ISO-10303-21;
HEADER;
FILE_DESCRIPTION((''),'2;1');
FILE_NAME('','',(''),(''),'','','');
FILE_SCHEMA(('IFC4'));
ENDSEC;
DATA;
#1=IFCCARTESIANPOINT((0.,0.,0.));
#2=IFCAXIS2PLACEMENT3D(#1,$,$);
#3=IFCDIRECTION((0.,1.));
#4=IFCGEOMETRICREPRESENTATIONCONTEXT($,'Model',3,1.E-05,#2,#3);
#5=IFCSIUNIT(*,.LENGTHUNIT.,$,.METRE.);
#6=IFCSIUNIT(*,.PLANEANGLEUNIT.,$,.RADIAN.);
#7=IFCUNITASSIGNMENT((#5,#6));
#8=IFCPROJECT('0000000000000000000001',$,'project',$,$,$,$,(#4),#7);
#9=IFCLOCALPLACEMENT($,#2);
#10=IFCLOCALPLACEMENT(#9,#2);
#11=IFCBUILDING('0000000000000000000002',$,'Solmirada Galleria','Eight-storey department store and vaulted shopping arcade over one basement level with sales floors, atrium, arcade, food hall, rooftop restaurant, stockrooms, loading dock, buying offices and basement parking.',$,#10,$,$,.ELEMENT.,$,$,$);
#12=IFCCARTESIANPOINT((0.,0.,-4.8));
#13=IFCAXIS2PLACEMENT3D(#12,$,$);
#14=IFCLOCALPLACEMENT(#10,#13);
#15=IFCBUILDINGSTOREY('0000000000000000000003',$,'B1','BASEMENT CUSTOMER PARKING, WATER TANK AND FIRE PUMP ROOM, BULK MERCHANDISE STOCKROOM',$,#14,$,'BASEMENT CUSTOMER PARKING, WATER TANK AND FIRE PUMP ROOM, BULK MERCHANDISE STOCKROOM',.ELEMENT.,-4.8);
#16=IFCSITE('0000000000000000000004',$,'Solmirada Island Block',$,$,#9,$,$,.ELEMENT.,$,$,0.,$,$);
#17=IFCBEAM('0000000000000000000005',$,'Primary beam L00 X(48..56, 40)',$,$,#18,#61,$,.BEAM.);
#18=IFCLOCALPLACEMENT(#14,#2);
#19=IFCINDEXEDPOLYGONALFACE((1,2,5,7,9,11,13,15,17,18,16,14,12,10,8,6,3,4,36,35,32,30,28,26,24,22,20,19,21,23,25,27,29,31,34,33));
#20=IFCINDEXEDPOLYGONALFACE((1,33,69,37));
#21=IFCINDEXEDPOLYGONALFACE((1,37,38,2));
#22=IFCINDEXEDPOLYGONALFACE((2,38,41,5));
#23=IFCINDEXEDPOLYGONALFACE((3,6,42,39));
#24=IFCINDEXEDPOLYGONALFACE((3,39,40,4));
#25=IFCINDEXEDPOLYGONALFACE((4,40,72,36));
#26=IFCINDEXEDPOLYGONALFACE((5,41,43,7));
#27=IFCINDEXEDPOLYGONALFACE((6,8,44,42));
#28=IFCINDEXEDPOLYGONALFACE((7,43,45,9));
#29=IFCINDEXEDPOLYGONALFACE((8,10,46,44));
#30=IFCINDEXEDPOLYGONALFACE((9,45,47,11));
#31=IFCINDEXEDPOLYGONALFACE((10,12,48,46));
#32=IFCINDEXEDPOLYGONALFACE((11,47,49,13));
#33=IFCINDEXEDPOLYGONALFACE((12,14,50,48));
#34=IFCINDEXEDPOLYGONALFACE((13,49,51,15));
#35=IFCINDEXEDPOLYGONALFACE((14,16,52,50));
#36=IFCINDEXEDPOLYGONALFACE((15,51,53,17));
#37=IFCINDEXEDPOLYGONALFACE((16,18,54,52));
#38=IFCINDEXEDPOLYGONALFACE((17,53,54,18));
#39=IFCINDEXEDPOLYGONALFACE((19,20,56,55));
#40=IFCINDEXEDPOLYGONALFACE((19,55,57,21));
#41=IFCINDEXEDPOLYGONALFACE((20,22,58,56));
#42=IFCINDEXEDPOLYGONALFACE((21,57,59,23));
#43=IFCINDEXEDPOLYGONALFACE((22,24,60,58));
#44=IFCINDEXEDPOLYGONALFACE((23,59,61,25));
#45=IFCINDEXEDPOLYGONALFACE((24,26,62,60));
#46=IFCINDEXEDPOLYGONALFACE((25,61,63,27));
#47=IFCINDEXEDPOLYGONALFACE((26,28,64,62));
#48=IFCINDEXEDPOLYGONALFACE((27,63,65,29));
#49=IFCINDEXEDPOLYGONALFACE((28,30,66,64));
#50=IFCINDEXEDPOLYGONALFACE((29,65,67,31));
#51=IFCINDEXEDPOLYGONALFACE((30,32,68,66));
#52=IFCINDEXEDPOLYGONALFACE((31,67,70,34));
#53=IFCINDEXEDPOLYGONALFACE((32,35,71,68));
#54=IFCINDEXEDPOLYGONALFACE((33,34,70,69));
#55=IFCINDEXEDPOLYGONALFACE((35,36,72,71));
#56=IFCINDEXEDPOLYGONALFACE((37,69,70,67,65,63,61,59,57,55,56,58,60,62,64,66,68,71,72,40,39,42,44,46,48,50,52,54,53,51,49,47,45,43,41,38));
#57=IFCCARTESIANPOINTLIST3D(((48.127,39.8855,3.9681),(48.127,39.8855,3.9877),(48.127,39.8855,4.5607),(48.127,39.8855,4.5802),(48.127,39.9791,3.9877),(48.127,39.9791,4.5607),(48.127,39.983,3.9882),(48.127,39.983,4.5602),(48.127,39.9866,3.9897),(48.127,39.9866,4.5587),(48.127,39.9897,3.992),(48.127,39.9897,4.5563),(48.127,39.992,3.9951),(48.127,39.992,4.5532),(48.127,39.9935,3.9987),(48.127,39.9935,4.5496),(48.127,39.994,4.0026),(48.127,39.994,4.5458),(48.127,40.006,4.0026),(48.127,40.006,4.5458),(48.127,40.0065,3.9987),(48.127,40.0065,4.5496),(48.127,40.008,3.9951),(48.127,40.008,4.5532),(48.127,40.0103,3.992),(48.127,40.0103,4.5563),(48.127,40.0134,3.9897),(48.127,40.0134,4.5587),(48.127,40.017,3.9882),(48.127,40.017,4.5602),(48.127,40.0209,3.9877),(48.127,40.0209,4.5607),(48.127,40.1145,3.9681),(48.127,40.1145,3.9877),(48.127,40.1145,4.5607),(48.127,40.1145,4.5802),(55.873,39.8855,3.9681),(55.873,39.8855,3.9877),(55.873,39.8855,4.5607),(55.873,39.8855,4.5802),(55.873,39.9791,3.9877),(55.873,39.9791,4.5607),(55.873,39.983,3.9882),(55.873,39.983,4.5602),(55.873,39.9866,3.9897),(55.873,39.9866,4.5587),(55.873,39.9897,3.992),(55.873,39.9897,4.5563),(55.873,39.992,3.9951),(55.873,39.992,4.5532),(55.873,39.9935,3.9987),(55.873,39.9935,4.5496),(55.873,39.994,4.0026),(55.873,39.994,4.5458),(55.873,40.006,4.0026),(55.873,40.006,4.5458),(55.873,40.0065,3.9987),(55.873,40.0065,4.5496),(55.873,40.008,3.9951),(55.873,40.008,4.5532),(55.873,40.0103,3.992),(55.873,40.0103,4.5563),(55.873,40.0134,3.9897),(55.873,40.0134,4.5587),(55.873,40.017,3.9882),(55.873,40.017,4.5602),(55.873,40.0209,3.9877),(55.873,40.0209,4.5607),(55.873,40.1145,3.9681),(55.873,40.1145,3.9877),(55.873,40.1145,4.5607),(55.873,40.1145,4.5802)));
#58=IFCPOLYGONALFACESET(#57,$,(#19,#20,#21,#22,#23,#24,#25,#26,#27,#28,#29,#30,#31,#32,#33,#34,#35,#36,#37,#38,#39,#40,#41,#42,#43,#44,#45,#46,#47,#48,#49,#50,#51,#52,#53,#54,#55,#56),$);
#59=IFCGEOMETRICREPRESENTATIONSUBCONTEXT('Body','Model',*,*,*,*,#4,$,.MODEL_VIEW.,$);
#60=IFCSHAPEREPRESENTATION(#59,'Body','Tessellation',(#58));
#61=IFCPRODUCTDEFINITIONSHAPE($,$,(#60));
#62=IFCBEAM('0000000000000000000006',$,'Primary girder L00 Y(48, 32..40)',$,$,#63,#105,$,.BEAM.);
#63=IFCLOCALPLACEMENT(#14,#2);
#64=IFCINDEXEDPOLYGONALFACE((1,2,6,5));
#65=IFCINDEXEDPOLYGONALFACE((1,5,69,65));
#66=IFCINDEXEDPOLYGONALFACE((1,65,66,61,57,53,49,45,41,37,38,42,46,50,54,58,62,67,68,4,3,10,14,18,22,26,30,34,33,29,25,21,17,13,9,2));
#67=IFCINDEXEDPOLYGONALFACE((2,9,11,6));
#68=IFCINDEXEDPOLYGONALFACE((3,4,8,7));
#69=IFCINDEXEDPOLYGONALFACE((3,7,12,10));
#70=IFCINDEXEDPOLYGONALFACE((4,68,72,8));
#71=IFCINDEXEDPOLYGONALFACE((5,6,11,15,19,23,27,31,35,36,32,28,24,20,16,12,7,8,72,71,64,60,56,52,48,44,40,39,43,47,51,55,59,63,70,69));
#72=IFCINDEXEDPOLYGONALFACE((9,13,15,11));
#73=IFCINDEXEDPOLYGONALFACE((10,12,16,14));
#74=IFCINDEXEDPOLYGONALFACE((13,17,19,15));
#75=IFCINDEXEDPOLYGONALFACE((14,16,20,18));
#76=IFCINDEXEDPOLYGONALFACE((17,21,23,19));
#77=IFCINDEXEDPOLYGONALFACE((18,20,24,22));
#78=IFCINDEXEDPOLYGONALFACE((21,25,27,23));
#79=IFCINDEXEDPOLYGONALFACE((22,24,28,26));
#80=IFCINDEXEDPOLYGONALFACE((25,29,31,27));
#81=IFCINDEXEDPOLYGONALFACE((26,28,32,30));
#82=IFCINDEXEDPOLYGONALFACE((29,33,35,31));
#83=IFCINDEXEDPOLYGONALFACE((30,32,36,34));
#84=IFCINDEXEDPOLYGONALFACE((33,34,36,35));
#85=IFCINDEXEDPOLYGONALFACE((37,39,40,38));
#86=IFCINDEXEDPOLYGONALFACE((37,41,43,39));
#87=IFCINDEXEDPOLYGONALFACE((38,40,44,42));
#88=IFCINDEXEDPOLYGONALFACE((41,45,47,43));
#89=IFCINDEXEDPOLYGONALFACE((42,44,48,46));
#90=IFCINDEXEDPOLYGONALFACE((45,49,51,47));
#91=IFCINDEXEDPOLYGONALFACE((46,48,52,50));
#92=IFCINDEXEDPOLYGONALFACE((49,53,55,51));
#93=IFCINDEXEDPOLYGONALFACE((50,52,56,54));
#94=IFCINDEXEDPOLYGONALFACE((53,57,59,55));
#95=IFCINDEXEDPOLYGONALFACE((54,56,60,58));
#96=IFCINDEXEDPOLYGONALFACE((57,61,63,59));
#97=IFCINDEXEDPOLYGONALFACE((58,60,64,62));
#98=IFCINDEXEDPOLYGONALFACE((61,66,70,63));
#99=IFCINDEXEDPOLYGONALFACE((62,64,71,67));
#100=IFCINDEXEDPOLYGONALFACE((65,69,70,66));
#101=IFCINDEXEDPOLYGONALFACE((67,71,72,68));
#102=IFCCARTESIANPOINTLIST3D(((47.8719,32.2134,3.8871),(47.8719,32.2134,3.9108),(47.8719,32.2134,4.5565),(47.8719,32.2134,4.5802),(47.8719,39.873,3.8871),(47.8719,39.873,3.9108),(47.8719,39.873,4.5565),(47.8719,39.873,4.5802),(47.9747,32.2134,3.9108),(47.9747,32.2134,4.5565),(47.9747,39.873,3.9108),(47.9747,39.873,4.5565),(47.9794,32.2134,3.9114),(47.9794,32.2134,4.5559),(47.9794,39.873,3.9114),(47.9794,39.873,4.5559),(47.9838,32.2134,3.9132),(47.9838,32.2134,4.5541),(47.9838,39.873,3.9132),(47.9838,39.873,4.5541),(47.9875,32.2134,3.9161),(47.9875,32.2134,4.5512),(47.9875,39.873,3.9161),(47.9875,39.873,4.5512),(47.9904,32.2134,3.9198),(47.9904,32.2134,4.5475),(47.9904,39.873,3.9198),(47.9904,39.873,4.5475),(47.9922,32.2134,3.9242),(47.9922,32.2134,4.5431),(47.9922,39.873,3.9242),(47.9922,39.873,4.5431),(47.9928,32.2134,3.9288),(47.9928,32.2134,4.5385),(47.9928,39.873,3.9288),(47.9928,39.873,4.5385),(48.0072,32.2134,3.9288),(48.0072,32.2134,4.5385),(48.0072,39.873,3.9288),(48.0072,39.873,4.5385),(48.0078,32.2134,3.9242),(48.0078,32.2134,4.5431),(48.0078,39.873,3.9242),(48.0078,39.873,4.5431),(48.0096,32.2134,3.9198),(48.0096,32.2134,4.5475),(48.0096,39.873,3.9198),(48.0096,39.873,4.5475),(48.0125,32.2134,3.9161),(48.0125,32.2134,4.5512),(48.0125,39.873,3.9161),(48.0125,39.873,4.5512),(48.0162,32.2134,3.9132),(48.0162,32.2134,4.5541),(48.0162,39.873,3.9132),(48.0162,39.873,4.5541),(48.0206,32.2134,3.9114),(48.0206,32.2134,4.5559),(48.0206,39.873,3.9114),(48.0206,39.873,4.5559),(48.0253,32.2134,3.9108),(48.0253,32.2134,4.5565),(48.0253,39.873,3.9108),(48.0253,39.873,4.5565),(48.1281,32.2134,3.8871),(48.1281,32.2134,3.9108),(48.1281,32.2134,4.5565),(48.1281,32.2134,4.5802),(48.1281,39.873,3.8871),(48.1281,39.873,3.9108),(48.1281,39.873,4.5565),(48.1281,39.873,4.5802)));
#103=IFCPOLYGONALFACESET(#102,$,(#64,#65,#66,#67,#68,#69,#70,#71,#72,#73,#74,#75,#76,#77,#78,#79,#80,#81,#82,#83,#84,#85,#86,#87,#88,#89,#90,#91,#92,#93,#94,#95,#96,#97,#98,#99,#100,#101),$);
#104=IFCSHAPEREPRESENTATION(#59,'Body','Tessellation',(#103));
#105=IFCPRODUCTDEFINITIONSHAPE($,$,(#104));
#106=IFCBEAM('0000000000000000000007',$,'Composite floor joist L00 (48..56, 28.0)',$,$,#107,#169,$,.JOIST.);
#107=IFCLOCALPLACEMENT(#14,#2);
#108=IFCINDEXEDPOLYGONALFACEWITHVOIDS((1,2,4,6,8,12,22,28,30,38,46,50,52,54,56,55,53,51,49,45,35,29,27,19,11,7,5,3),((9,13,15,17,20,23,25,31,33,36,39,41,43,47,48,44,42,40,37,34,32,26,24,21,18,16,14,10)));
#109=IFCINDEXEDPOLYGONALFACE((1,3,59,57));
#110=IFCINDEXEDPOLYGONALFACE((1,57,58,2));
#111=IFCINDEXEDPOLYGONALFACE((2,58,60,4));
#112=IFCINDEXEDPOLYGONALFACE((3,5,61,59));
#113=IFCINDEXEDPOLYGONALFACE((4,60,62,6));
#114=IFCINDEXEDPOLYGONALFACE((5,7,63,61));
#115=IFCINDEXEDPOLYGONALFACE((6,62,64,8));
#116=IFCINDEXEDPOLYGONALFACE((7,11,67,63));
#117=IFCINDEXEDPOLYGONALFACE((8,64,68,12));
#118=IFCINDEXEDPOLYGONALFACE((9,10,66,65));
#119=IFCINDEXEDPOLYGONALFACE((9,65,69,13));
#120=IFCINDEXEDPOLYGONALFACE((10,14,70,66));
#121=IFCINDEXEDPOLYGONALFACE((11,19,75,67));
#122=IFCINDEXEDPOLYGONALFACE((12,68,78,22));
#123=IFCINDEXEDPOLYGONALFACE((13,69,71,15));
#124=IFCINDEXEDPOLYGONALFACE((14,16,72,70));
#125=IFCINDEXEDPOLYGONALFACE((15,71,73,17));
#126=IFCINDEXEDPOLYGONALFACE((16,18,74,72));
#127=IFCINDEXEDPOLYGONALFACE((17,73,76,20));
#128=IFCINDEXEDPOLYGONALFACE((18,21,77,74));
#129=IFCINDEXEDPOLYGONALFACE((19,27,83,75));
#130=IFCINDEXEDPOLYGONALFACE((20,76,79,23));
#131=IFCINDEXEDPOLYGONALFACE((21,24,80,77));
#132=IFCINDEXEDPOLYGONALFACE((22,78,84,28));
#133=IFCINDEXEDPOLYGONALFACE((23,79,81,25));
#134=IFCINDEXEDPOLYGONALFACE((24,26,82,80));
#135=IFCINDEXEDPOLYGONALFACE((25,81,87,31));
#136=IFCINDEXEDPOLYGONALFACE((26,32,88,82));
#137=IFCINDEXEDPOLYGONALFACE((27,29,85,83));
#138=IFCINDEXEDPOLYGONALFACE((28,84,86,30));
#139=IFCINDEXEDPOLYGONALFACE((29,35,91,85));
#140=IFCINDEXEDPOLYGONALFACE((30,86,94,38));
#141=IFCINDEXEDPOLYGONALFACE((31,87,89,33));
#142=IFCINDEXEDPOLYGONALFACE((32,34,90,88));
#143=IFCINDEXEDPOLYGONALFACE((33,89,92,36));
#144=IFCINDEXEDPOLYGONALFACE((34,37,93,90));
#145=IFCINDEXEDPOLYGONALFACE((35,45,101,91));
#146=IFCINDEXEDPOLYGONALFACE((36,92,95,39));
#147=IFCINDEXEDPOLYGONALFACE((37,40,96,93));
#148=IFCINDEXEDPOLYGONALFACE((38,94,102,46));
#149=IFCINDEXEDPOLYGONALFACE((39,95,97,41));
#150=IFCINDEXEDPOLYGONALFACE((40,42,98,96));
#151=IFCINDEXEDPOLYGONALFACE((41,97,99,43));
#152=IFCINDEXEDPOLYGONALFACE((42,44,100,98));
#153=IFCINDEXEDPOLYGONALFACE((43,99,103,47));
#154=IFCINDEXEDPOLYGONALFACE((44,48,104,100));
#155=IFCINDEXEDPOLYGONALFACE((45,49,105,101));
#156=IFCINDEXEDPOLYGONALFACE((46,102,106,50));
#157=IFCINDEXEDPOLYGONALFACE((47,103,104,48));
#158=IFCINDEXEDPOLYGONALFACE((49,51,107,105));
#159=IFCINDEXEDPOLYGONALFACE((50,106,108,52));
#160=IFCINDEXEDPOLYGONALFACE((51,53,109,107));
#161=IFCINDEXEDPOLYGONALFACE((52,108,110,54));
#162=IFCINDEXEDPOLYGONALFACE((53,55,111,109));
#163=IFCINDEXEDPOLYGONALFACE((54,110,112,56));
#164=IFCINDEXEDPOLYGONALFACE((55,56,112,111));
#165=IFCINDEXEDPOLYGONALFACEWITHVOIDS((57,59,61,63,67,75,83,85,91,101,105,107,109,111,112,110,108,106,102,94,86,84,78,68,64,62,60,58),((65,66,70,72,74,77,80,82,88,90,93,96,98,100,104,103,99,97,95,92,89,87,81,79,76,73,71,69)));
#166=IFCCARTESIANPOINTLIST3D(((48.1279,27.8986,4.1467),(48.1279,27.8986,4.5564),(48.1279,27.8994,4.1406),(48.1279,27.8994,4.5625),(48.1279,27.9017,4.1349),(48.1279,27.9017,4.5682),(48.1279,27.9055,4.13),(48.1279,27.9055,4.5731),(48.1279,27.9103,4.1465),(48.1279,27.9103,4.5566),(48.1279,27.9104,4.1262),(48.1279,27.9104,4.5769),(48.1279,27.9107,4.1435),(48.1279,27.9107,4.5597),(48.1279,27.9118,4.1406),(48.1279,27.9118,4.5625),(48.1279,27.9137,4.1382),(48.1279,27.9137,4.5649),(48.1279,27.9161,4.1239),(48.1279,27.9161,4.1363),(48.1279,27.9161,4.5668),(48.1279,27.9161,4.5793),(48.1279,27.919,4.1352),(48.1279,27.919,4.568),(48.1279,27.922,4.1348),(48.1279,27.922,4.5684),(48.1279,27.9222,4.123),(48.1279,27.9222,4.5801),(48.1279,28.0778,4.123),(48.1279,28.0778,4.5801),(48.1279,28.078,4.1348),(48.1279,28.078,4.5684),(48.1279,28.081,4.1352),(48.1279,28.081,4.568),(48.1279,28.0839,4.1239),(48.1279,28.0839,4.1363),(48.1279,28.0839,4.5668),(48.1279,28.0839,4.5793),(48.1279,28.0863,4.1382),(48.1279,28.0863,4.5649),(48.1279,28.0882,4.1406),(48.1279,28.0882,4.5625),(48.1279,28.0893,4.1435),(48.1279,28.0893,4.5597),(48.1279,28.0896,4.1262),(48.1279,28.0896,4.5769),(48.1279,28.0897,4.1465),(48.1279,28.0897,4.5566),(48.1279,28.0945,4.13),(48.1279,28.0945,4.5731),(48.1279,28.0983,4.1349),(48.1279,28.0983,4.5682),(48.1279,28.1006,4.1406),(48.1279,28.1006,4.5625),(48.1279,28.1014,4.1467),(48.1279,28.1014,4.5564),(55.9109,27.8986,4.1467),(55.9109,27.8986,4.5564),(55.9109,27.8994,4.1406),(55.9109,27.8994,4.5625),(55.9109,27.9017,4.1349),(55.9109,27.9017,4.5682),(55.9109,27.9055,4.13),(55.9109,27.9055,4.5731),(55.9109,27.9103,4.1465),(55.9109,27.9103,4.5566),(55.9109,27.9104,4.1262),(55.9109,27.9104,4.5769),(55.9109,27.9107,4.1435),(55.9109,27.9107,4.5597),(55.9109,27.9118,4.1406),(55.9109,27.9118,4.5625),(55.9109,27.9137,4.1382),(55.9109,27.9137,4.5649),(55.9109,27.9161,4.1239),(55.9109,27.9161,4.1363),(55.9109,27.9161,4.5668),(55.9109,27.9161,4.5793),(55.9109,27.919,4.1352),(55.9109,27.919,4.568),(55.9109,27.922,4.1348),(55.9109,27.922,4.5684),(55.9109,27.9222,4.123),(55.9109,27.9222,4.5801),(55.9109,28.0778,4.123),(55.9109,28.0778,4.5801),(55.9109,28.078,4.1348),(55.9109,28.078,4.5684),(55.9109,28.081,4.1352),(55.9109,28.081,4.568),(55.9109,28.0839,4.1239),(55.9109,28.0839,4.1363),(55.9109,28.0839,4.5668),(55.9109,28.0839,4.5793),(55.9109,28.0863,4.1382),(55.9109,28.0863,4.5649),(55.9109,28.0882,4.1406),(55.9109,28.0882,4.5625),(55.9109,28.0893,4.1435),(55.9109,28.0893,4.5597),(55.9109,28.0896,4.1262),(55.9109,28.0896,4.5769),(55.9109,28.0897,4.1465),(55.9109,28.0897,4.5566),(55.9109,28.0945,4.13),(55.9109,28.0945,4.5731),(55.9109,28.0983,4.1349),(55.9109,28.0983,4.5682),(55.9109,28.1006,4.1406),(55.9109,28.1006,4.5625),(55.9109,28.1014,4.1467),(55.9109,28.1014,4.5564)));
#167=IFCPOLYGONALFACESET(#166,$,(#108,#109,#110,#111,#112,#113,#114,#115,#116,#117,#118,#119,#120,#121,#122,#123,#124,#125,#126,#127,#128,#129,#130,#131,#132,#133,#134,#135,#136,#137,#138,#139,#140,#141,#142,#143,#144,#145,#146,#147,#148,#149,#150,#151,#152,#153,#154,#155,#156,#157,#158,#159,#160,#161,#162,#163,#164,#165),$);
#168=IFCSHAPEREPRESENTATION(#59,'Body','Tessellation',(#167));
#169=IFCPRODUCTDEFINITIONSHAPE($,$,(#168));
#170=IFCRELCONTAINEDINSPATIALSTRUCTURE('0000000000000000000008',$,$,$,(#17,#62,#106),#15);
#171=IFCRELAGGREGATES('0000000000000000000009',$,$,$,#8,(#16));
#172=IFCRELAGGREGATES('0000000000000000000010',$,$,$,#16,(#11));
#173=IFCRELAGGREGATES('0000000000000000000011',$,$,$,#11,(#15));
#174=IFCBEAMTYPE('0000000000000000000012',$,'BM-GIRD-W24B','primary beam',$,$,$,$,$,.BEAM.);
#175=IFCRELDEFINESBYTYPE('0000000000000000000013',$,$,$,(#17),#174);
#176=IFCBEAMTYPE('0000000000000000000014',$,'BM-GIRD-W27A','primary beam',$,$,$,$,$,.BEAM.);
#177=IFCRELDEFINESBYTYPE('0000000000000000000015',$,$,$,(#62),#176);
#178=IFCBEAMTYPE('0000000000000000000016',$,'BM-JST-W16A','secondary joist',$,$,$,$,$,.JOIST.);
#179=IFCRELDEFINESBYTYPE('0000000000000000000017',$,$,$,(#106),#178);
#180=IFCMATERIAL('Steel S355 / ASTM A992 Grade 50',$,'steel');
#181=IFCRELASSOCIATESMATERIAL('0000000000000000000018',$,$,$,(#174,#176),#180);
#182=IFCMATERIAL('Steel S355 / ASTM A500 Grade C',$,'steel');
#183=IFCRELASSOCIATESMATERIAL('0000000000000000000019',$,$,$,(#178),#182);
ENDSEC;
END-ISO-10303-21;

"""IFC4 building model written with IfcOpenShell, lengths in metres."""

from ifc_helpers import new_model, si_unit, direction, frame, origin, origin_2d, place, context, subcontext, project, spatial, hollow_rectangle, i_section, extrude, material, material_profile, profile_set, type_object, element, save


model = new_model("IFC4")

# Units and contexts
model_context = context("Model", 3, precision=1e-05, world=origin(), true_north=direction((0.0, 1.0)))
body_context = subcontext(model_context, "Body", "Model", "MODEL_VIEW")
ifc_project = project(units=[si_unit("LENGTHUNIT", "METRE"), si_unit("PLANEANGLEUNIT", "RADIAN")], contexts=[model_context])

# Site, building, storey
site_placement = place(None, origin())
site = spatial("IfcSite", under=ifc_project, at=site_placement, Name="Solmirada Island Block", CompositionType="ELEMENT", RefElevation=0.0)
building_placement = place(site_placement, origin())
building = spatial("IfcBuilding", under=site, at=building_placement, Name="Solmirada Galleria", Description="Eight-storey department store and vaulted shopping arcade over one basement level with sales floors, atrium, arcade, food hall, rooftop restaurant, stockrooms, loading dock, buying offices and basement parking.", CompositionType="ELEMENT")
storey_placement = place(building_placement, frame((0.0, 0.0, -4.8)))
storey = spatial("IfcBuildingStorey", under=building, at=storey_placement, Name="B1", Description="BASEMENT CUSTOMER PARKING, WATER TANK AND FIRE PUMP ROOM, BULK MERCHANDISE STOCKROOM", LongName="BASEMENT CUSTOMER PARKING, WATER TANK AND FIRE PUMP ROOM, BULK MERCHANDISE STOCKROOM", CompositionType="ELEMENT", Elevation=-4.8)

# Shared definitions
ifc_material_1 = material(Name="Steel S355 / ASTM A500 Grade C", Category="steel")

# Beams
ifc_material_2 = material(Name="Steel S355 / ASTM A992 Grade 50", Category="steel")
ifc_material_profile_1 = material_profile(ifc_material_2, i_section(OverallWidth=0.229, OverallDepth=0.6121, WebThickness=0.012, FlangeThickness=0.0195, FilletRadius=0.0149, at=origin_2d()), Name="W24X84")
ifc_profile_set_1 = profile_set([ifc_material_profile_1], Name="Steel S355 / ASTM A992 Grade 50")
beam_type_1 = type_object("IfcBeamType", Name="BM-GIRD-W24B", Description="primary beam", PredefinedType="BEAM", material=ifc_profile_set_1)
beam_1_placement = place(storey_placement, frame((48.127, 40.0, 4.2742), z_axis=(1.0, 0.0, 0.0), x_axis=(0.0, 1.0, 0.0)))
element("IfcBeam", 1, at=beam_1_placement, inside=storey, type_object=beam_type_1, Name="Primary beam L00 X(48..56, 40)", PredefinedType="BEAM", context=body_context, shape_type="SweptSolid", body=[
    extrude(i_section(OverallWidth=0.229, OverallDepth=0.6121, WebThickness=0.012, FlangeThickness=0.0195, FilletRadius=0.0149, at=origin_2d()), origin(), (0.0, 0.0, 1.0), 7.7461),
])
ifc_material_profile_2 = material_profile(ifc_material_2, i_section(OverallWidth=0.2561, OverallDepth=0.6931, WebThickness=0.0144, FlangeThickness=0.0237, FilletRadius=0.0181, at=origin_2d()), Name="W27X114")
ifc_profile_set_2 = profile_set([ifc_material_profile_2], Name="Steel S355 / ASTM A992 Grade 50")
beam_type_2 = type_object("IfcBeamType", Name="BM-GIRD-W27A", Description="primary beam", PredefinedType="BEAM", material=ifc_profile_set_2)
beam_2_placement = place(storey_placement, frame((48.0, 32.2134, 4.2336), z_axis=(0.0, 1.0, 0.0), x_axis=(-1.0, 0.0, 0.0)))
element("IfcBeam", 2, at=beam_2_placement, inside=storey, type_object=beam_type_2, Name="Primary girder L00 Y(48, 32..40)", PredefinedType="BEAM", context=body_context, shape_type="SweptSolid", body=[
    extrude(i_section(OverallWidth=0.2561, OverallDepth=0.6931, WebThickness=0.0144, FlangeThickness=0.0237, FilletRadius=0.0181, at=origin_2d()), origin(), (0.0, 0.0, 1.0), 7.6597),
])
ifc_material_profile_3 = material_profile(ifc_material_1, hollow_rectangle(XDim=0.2029, YDim=0.457, WallThickness=0.0117, InnerFilletRadius=0.0117, OuterFilletRadius=0.0237, at=origin_2d()), Name="HSS18X8X1/2")
ifc_profile_set_3 = profile_set([ifc_material_profile_3], Name="Steel S355 / ASTM A500 Grade C")
beam_type_3 = type_object("IfcBeamType", Name="BM-JST-W16A", Description="secondary joist", PredefinedType="JOIST", material=ifc_profile_set_3)
beam_3_placement = place(storey_placement, frame((48.1279, 28.0, 4.3516), z_axis=(1.0, 0.0, 0.0), x_axis=(0.0, 1.0, 0.0)))
element("IfcBeam", 3, at=beam_3_placement, inside=storey, type_object=beam_type_3, Name="Composite floor joist L00 (48..56, 28.0)", PredefinedType="JOIST", context=body_context, shape_type="SweptSolid", body=[
    extrude(hollow_rectangle(XDim=0.2029, YDim=0.457, WallThickness=0.0117, InnerFilletRadius=0.0117, OuterFilletRadius=0.0237, at=origin_2d()), origin(), (0.0, 0.0, 1.0), 7.783),
])

save(model, "model.ifc")
